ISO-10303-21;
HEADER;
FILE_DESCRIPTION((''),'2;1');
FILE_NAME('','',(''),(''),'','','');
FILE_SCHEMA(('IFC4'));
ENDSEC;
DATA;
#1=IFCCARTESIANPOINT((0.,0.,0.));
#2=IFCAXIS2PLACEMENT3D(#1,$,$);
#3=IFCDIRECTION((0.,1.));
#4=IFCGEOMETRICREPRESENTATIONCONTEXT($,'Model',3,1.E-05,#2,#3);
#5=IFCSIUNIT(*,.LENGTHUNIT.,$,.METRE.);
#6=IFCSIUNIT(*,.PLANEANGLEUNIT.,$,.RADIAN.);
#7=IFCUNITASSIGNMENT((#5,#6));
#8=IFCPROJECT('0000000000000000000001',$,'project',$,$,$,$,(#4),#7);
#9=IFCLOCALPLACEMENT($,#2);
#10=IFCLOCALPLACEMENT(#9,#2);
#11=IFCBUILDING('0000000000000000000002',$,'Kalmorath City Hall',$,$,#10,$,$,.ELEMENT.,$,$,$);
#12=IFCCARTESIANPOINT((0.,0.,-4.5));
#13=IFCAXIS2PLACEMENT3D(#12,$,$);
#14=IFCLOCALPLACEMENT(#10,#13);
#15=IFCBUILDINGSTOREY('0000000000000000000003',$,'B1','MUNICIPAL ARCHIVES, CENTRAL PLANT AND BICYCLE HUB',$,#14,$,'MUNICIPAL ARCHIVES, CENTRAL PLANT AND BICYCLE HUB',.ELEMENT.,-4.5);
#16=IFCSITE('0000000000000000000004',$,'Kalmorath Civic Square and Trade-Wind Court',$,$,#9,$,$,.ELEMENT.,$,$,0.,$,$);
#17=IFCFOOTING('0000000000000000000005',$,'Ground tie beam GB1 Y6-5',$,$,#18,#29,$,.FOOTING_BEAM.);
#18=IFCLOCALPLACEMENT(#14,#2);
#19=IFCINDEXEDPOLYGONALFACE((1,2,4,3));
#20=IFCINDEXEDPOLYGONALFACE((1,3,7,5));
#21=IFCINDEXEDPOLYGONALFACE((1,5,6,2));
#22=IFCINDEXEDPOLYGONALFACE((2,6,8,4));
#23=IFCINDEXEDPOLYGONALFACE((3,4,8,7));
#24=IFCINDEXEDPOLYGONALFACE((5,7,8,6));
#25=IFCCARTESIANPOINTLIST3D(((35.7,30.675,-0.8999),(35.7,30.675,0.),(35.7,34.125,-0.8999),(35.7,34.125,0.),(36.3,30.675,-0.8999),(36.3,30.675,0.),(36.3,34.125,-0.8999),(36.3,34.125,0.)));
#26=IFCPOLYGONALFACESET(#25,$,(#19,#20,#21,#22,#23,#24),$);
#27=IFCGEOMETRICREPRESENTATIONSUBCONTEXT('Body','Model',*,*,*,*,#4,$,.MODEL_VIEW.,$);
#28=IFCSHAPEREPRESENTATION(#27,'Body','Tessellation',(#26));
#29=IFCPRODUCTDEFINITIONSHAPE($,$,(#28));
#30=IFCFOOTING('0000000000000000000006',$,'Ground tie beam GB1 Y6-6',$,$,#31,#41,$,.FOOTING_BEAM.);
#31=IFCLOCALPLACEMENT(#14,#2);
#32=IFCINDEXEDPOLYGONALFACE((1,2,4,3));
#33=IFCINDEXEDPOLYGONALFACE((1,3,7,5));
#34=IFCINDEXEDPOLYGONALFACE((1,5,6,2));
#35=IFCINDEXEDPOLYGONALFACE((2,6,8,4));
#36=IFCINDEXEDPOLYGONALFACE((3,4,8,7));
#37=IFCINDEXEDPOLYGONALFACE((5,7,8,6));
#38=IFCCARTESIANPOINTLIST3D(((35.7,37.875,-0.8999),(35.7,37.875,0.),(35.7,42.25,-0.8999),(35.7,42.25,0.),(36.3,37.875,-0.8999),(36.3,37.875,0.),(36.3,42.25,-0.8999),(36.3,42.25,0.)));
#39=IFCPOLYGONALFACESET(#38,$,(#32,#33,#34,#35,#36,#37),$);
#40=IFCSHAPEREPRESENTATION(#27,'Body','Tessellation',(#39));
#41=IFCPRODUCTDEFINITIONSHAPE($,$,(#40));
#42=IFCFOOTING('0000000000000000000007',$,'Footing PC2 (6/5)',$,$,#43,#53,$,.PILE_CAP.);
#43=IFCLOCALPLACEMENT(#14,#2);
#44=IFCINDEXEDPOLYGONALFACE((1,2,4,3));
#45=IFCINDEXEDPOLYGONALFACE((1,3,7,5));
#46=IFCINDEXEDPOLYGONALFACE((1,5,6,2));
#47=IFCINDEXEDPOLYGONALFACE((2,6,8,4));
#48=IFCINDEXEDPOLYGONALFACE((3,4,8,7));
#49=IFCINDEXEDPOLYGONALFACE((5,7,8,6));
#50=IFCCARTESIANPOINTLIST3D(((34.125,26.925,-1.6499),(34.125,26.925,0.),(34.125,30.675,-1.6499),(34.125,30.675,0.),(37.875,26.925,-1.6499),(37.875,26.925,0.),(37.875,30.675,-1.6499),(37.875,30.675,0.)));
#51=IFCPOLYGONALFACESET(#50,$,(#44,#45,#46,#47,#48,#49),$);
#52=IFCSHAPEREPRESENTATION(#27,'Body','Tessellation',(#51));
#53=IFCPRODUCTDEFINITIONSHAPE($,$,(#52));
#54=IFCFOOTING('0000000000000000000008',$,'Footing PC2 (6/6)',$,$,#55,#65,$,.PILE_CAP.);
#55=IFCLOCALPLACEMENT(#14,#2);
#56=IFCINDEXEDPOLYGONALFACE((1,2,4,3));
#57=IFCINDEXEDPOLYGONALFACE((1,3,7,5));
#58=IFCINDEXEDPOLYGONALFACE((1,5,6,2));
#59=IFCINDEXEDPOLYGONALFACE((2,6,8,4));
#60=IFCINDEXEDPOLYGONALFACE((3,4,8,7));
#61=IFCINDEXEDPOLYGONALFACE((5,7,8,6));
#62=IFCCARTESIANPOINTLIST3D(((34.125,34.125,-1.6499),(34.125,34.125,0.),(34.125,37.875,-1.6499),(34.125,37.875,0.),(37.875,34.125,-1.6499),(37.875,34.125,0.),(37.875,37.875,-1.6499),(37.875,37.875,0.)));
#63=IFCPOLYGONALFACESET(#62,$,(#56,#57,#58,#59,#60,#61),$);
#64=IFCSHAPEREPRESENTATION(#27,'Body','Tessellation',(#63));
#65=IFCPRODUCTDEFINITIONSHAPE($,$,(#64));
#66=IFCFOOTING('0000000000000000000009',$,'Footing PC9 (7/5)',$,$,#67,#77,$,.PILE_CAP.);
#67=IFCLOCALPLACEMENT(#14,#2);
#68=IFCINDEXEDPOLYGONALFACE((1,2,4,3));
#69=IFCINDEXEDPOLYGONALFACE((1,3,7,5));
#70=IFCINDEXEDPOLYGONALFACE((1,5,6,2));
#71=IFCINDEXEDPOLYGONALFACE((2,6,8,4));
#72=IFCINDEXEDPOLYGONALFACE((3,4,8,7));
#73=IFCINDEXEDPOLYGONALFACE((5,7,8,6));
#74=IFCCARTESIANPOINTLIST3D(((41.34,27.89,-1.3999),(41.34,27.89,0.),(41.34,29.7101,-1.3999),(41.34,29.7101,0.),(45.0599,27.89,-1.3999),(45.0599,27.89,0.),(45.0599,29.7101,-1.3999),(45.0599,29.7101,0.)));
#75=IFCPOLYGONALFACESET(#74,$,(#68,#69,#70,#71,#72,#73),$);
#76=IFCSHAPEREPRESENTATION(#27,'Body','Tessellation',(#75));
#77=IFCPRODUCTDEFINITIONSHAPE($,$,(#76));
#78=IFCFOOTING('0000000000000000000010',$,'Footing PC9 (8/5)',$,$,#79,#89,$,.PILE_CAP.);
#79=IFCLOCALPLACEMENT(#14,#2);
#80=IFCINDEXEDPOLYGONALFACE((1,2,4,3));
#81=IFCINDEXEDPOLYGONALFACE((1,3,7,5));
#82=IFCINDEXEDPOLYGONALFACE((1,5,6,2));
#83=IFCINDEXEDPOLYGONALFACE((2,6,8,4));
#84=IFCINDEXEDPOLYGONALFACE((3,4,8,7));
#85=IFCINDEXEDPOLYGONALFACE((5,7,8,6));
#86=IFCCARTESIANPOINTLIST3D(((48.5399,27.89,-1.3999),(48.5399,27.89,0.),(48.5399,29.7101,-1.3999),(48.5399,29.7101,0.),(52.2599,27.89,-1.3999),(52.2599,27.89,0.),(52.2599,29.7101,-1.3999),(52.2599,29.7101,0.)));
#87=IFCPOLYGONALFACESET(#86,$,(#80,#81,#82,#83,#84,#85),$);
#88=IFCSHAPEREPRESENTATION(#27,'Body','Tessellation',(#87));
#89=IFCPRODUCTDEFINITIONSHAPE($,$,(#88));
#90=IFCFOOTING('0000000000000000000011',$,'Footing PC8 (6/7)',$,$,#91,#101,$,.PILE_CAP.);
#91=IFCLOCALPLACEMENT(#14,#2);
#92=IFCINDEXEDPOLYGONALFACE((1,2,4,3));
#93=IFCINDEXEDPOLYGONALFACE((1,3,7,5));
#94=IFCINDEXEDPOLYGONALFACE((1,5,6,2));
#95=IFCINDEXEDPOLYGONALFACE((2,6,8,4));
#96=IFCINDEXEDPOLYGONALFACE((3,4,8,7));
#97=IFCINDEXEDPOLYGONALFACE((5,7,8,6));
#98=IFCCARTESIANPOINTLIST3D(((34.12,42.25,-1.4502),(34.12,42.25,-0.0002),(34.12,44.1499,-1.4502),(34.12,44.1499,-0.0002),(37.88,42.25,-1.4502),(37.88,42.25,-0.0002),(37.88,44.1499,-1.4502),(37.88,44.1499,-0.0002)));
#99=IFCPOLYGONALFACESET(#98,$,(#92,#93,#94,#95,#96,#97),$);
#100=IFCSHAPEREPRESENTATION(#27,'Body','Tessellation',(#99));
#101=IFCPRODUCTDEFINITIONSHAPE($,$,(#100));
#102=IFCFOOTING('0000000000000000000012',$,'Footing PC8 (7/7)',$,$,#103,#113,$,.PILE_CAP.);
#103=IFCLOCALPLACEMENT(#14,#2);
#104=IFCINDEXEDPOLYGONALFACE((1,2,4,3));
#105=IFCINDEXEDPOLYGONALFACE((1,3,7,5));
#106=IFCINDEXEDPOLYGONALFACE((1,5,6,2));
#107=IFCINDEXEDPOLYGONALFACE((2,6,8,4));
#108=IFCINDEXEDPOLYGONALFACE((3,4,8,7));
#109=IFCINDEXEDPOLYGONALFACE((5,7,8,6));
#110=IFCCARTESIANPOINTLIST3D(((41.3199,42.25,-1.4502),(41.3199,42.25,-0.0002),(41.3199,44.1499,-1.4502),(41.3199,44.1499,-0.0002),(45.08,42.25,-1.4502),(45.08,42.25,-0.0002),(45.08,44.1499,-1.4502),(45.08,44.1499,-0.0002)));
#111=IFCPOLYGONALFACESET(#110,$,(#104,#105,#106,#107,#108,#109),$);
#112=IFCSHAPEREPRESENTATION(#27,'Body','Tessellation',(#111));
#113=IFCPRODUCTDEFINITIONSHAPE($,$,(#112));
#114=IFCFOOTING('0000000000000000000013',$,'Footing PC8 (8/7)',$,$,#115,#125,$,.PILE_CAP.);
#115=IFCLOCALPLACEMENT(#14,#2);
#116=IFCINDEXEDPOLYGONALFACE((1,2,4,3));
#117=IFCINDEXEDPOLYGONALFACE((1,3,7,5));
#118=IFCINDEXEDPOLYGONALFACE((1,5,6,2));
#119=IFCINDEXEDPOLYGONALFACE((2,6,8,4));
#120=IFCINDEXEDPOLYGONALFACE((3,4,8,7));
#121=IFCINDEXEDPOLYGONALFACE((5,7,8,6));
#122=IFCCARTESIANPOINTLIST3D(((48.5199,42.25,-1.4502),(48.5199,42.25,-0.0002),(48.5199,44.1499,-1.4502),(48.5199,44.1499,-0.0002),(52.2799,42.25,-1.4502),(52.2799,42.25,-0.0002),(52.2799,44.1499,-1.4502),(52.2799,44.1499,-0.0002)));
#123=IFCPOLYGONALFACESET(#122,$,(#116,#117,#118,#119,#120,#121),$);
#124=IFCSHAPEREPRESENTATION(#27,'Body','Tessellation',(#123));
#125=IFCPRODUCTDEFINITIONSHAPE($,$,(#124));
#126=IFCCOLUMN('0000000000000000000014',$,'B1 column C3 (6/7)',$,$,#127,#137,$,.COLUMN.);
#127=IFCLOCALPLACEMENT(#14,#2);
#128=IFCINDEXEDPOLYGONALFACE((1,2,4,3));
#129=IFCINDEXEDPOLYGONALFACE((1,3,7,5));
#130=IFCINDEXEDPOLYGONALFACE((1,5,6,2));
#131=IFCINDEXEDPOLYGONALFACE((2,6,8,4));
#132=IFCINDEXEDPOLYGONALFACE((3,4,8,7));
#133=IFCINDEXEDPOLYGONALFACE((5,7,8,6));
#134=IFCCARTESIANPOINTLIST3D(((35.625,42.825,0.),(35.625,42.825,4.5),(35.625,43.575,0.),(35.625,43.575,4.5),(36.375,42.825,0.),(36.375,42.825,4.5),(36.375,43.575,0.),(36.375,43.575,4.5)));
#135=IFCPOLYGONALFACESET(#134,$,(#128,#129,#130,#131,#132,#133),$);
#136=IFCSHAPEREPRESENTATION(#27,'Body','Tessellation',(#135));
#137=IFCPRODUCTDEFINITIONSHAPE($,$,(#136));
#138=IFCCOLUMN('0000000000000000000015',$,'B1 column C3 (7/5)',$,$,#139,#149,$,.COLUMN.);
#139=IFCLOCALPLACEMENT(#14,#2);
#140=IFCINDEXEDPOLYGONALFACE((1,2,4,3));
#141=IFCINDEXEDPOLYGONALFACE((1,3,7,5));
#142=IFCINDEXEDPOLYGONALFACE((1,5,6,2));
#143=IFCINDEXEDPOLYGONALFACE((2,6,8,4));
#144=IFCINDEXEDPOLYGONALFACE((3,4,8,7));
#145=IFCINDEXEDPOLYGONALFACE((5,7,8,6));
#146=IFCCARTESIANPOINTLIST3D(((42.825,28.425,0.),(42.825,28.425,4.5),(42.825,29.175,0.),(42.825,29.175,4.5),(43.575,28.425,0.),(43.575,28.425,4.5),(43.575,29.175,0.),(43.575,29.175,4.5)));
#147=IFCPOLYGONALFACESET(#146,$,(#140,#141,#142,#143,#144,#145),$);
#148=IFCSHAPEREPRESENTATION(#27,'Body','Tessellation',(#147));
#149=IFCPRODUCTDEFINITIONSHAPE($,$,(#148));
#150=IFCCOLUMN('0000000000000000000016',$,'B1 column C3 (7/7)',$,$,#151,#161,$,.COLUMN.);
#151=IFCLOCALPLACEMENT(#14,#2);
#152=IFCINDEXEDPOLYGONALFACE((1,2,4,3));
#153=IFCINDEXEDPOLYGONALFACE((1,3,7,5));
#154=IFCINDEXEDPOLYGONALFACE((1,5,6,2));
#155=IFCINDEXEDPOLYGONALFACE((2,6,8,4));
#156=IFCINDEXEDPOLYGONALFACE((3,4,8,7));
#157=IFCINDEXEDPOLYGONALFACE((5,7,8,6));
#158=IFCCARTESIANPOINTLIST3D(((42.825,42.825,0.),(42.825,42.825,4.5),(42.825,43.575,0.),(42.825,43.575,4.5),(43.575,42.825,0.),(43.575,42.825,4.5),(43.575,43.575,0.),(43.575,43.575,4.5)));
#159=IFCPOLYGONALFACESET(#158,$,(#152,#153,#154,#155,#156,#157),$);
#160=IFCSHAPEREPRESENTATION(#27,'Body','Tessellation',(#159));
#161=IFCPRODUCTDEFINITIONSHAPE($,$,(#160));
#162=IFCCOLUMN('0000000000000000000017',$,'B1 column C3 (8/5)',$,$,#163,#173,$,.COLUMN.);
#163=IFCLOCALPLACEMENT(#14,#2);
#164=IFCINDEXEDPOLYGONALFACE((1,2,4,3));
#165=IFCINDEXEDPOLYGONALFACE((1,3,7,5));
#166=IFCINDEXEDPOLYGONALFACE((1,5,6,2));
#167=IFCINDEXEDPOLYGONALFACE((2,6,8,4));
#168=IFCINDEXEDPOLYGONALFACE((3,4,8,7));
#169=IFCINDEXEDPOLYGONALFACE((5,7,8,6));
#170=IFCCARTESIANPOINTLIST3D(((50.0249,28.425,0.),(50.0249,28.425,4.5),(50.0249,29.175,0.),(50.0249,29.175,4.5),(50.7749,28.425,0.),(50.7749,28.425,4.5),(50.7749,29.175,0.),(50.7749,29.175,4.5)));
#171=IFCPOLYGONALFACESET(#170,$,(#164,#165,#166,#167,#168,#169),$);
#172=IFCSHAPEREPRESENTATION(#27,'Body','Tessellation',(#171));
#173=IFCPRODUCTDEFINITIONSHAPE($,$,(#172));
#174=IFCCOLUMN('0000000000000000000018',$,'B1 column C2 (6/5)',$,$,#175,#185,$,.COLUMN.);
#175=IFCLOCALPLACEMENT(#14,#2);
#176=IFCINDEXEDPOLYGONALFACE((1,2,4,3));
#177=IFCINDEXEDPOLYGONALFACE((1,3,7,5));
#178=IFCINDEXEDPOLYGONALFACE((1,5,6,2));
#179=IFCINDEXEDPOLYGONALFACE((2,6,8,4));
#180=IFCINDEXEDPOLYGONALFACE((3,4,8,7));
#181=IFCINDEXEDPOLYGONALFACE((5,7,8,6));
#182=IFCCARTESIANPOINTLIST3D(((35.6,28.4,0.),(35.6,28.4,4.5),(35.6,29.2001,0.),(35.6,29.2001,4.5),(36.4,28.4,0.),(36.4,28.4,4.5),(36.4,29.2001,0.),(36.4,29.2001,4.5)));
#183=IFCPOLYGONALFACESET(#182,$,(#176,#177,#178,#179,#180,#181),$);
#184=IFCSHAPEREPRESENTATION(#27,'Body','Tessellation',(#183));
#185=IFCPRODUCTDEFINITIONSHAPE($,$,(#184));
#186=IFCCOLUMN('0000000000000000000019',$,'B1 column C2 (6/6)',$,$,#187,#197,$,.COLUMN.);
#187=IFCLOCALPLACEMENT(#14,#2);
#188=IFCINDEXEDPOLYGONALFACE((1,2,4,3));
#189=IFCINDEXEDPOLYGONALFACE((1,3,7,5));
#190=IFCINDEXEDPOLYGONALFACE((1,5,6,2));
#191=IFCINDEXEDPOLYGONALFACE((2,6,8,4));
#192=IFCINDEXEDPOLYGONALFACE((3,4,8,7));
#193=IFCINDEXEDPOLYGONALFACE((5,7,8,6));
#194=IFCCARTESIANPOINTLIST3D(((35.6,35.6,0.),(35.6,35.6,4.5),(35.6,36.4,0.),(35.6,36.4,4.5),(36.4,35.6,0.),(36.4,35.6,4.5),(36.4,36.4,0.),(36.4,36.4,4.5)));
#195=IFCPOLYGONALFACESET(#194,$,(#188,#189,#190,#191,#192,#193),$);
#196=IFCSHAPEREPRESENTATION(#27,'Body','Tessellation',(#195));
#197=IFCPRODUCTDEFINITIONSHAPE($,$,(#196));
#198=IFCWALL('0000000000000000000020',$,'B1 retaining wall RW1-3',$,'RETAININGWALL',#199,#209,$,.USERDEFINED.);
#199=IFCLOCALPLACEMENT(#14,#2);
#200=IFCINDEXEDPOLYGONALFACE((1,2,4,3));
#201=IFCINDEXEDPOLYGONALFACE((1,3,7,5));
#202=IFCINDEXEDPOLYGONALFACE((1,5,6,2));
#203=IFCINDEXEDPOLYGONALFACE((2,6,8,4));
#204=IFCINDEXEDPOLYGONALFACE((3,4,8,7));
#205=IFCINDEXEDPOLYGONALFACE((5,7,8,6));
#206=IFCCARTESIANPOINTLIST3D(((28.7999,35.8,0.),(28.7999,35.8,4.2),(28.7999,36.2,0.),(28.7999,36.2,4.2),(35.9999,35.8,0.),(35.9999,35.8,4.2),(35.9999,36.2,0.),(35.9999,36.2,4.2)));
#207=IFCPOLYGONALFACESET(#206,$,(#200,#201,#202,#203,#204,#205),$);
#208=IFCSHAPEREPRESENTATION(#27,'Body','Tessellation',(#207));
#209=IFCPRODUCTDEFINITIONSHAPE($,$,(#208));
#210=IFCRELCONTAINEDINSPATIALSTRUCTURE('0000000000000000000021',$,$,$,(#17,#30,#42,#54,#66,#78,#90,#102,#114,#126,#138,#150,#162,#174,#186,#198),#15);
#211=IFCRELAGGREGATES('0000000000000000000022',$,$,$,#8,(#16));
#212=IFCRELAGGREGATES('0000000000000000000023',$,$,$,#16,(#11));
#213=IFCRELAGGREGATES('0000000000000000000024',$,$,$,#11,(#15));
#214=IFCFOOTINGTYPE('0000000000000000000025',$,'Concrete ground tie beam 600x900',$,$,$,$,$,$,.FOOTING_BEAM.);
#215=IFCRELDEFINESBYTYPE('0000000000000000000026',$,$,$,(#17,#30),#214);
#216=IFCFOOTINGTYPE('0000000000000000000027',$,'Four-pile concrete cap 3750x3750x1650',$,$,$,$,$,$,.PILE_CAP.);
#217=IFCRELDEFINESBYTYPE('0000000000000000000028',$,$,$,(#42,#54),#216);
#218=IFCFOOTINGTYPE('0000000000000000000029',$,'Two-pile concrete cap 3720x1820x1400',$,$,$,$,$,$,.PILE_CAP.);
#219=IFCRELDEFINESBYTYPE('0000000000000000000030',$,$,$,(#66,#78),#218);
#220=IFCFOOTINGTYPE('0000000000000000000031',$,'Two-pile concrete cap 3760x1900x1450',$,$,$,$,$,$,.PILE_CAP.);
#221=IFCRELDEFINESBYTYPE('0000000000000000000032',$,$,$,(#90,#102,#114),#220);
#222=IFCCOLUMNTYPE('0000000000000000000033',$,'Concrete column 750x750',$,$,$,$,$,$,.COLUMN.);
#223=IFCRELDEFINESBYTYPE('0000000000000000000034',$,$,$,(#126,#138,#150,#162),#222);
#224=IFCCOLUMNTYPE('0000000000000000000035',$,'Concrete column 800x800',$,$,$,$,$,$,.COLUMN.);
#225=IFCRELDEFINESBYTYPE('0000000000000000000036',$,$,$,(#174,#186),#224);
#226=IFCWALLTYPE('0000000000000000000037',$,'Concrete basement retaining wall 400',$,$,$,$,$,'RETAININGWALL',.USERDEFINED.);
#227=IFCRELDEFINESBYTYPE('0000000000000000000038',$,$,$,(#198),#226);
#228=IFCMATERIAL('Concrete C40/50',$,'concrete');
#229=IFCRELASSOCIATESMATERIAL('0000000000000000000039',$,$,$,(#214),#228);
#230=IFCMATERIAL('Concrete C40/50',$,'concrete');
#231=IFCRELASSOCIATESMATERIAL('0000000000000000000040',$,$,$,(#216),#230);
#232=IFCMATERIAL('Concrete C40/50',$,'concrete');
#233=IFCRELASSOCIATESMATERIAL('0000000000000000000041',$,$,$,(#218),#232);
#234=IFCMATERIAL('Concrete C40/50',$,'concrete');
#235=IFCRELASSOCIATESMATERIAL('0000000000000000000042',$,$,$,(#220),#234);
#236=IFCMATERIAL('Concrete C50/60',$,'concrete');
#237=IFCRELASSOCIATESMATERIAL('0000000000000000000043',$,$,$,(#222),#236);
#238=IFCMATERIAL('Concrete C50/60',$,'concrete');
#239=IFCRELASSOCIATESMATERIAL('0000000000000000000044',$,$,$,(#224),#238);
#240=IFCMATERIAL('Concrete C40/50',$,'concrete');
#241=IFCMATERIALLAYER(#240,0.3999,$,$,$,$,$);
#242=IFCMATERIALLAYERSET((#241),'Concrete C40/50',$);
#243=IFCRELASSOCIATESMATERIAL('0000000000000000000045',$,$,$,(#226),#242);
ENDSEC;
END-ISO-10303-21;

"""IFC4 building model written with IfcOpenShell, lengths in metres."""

from ifc_helpers import new_model, si_unit, direction, frame, frame_2d, origin, origin_2d, place, context, subcontext, project, spatial, rectangle, extrude, material, layer, layer_set, material_profile, profile_set, type_object, element, save


model = new_model("IFC4")

# Units and contexts
model_context = context("Model", 3, precision=1e-05, world=origin(), true_north=direction((0.0, 1.0)))
body_context = subcontext(model_context, "Body", "Model", "MODEL_VIEW")
ifc_project = project(units=[si_unit("LENGTHUNIT", "METRE"), si_unit("PLANEANGLEUNIT", "RADIAN")], contexts=[model_context])

# Site, building, storey
site_placement = place(None, origin())
site = spatial("IfcSite", under=ifc_project, at=site_placement, Name="Kalmorath Civic Square and Trade-Wind Court", CompositionType="ELEMENT", RefElevation=0.0)
building_placement = place(site_placement, origin())
building = spatial("IfcBuilding", under=site, at=building_placement, Name="Kalmorath City Hall", CompositionType="ELEMENT")
storey_placement = place(building_placement, frame((0.0, 0.0, -4.5)))
storey = spatial("IfcBuildingStorey", under=building, at=storey_placement, Name="B1", Description="MUNICIPAL ARCHIVES, CENTRAL PLANT AND BICYCLE HUB", LongName="MUNICIPAL ARCHIVES, CENTRAL PLANT AND BICYCLE HUB", CompositionType="ELEMENT", Elevation=-4.5)

# Footings
ifc_material_1 = material(Name="Concrete C40/50", Category="concrete")
ifc_material_profile_1 = material_profile(ifc_material_1, rectangle(XDim=0.6001, YDim=0.8999, at=origin_2d()), Name="RC-BM-600X900")
ifc_profile_set_1 = profile_set([ifc_material_profile_1], Name="Concrete C40/50")
footing_type_1 = type_object("IfcFootingType", Name="Concrete ground tie beam 600x900", PredefinedType="FOOTING_BEAM", material=ifc_profile_set_1)
footing_1_placement = place(storey_placement, frame((36.0, 30.675, -0.45), z_axis=(0.0, 1.0, 0.0), x_axis=(-1.0, 0.0, 0.0)))
element("IfcFooting", 1, at=footing_1_placement, inside=storey, type_object=footing_type_1, Name="Ground tie beam GB1 Y6-5", PredefinedType="FOOTING_BEAM", context=body_context, shape_type="SweptSolid", body=[
    extrude(rectangle(XDim=0.6001, YDim=0.8999, at=origin_2d()), origin(), (0.0, 0.0, 1.0), 3.45),
])
footing_2_placement = place(storey_placement, frame((36.0, 37.875, -0.45), z_axis=(0.0, 1.0, 0.0), x_axis=(-1.0, 0.0, 0.0)))
element("IfcFooting", 2, at=footing_2_placement, inside=storey, type_object=footing_type_1, Name="Ground tie beam GB1 Y6-6", PredefinedType="FOOTING_BEAM", context=body_context, shape_type="SweptSolid", body=[
    extrude(rectangle(XDim=0.6001, YDim=0.8999, at=origin_2d()), origin(), (0.0, 0.0, 1.0), 4.375),
])
ifc_material_2 = material(Name="Concrete C40/50", Category="concrete")
footing_type_2 = type_object("IfcFootingType", Name="Four-pile concrete cap 3750x3750x1650", PredefinedType="PILE_CAP", material=ifc_material_2)
for number, where, z_axis, x_axis, name in (
    (3, (36.0, 28.8, -1.6499), (0.0, 0.0, 1.0), (1.0, 0.0, 0.0), "Footing PC2 (6/5)"),
    (4, (36.0, 36.0, -1.6499), (0.0, 0.0, 1.0), (1.0, 0.0, 0.0), "Footing PC2 (6/6)"),
):
    element("IfcFooting", number, at=place(storey_placement, frame(where, z_axis=z_axis, x_axis=x_axis)), inside=storey, type_object=footing_type_2, Name=name, PredefinedType="PILE_CAP", context=body_context, shape_type="SweptSolid", body=[
        extrude(rectangle(XDim=3.75, YDim=3.75, at=origin_2d()), origin(), (0.0, 0.0, 1.0), 1.6499),
    ])
ifc_material_3 = material(Name="Concrete C40/50", Category="concrete")
footing_type_3 = type_object("IfcFootingType", Name="Two-pile concrete cap 3720x1820x1400", PredefinedType="PILE_CAP", material=ifc_material_3)
for number, where, z_axis, x_axis, name in (
    (5, (43.2, 28.8, -1.3999), (0.0, 0.0, 1.0), (1.0, 0.0, 0.0), "Footing PC9 (7/5)"),
    (6, (50.3999, 28.8, -1.3999), (0.0, 0.0, 1.0), (1.0, 0.0, 0.0), "Footing PC9 (8/5)"),
):
    element("IfcFooting", number, at=place(storey_placement, frame(where, z_axis=z_axis, x_axis=x_axis)), inside=storey, type_object=footing_type_3, Name=name, PredefinedType="PILE_CAP", context=body_context, shape_type="SweptSolid", body=[
        extrude(rectangle(XDim=3.72, YDim=1.8201, at=origin_2d()), origin(), (0.0, 0.0, 1.0), 1.3999),
    ])
ifc_material_4 = material(Name="Concrete C40/50", Category="concrete")
footing_type_4 = type_object("IfcFootingType", Name="Two-pile concrete cap 3760x1900x1450", PredefinedType="PILE_CAP", material=ifc_material_4)
for number, where, z_axis, x_axis, name in (
    (7, (36.0, 43.2, -1.4502), (0.0, 0.0, 1.0), (1.0, 0.0, 0.0), "Footing PC8 (6/7)"),
    (8, (43.2, 43.2, -1.4502), (0.0, 0.0, 1.0), (1.0, 0.0, 0.0), "Footing PC8 (7/7)"),
    (9, (50.3999, 43.2, -1.4502), (0.0, 0.0, 1.0), (1.0, 0.0, 0.0), "Footing PC8 (8/7)"),
):
    element("IfcFooting", number, at=place(storey_placement, frame(where, z_axis=z_axis, x_axis=x_axis)), inside=storey, type_object=footing_type_4, Name=name, PredefinedType="PILE_CAP", context=body_context, shape_type="SweptSolid", body=[
        extrude(rectangle(XDim=3.76, YDim=1.8999, at=origin_2d()), origin(), (0.0, 0.0, 1.0), 1.45),
    ])

# Columns
ifc_material_5 = material(Name="Concrete C50/60", Category="concrete")
ifc_material_profile_2 = material_profile(ifc_material_5, rectangle(XDim=0.75, YDim=0.75, at=origin_2d()), Name="RC-COL-750X750")
ifc_profile_set_2 = profile_set([ifc_material_profile_2], Name="Concrete C50/60")
column_type_1 = type_object("IfcColumnType", Name="Concrete column 750x750", PredefinedType="COLUMN", material=ifc_profile_set_2)
for number, where, z_axis, x_axis, name in (
    (10, (36.0, 43.2, 0.0), (0.0, 0.0, 1.0), (1.0, 0.0, 0.0), "B1 column C3 (6/7)"),
    (11, (43.2, 28.8, 0.0), (0.0, 0.0, 1.0), (1.0, 0.0, 0.0), "B1 column C3 (7/5)"),
    (12, (43.2, 43.2, 0.0), (0.0, 0.0, 1.0), (1.0, 0.0, 0.0), "B1 column C3 (7/7)"),
    (13, (50.3999, 28.8, 0.0), (0.0, 0.0, 1.0), (1.0, 0.0, 0.0), "B1 column C3 (8/5)"),
):
    element("IfcColumn", number, at=place(storey_placement, frame(where, z_axis=z_axis, x_axis=x_axis)), inside=storey, type_object=column_type_1, Name=name, PredefinedType="COLUMN", context=body_context, shape_type="SweptSolid", body=[
        extrude(rectangle(XDim=0.75, YDim=0.75, at=origin_2d()), origin(), (0.0, 0.0, 1.0), 4.5),
    ])
ifc_material_6 = material(Name="Concrete C50/60", Category="concrete")
ifc_material_profile_3 = material_profile(ifc_material_6, rectangle(XDim=0.8, YDim=0.8, at=origin_2d()), Name="RC-COL-800X800")
ifc_profile_set_3 = profile_set([ifc_material_profile_3], Name="Concrete C50/60")
column_type_2 = type_object("IfcColumnType", Name="Concrete column 800x800", PredefinedType="COLUMN", material=ifc_profile_set_3)
for number, where, z_axis, x_axis, name in (
    (14, (36.0, 28.8, 0.0), (0.0, 0.0, 1.0), (1.0, 0.0, 0.0), "B1 column C2 (6/5)"),
    (15, (36.0, 36.0, 0.0), (0.0, 0.0, 1.0), (1.0, 0.0, 0.0), "B1 column C2 (6/6)"),
):
    element("IfcColumn", number, at=place(storey_placement, frame(where, z_axis=z_axis, x_axis=x_axis)), inside=storey, type_object=column_type_2, Name=name, PredefinedType="COLUMN", context=body_context, shape_type="SweptSolid", body=[
        extrude(rectangle(XDim=0.8, YDim=0.8, at=origin_2d()), origin(), (0.0, 0.0, 1.0), 4.5),
    ])

# Wall
ifc_material_7 = material(Name="Concrete C40/50", Category="concrete")
ifc_layer = layer(ifc_material_7, 0.3999)
ifc_layer_set = layer_set([ifc_layer], Name="Concrete C40/50")
wall_type = type_object("IfcWallType", Name="Concrete basement retaining wall 400", ElementType="RETAININGWALL", PredefinedType="USERDEFINED", material=ifc_layer_set)
wall_placement = place(storey_placement, frame((36.0, 36.0, 0.0), z_axis=(0.0, 0.0, 1.0), x_axis=(-1.0, 0.0, 0.0)))
element("IfcWall", 16, at=wall_placement, inside=storey, type_object=wall_type, Name="B1 retaining wall RW1-3", ObjectType="RETAININGWALL", PredefinedType="USERDEFINED", context=body_context, shape_type="SweptSolid", body=[
    extrude(rectangle(XDim=7.2, YDim=0.3999, at=frame_2d((3.6001, 0.0))), origin(), (0.0, 0.0, 1.0), 4.2),
])

save(model, "model.ifc")
